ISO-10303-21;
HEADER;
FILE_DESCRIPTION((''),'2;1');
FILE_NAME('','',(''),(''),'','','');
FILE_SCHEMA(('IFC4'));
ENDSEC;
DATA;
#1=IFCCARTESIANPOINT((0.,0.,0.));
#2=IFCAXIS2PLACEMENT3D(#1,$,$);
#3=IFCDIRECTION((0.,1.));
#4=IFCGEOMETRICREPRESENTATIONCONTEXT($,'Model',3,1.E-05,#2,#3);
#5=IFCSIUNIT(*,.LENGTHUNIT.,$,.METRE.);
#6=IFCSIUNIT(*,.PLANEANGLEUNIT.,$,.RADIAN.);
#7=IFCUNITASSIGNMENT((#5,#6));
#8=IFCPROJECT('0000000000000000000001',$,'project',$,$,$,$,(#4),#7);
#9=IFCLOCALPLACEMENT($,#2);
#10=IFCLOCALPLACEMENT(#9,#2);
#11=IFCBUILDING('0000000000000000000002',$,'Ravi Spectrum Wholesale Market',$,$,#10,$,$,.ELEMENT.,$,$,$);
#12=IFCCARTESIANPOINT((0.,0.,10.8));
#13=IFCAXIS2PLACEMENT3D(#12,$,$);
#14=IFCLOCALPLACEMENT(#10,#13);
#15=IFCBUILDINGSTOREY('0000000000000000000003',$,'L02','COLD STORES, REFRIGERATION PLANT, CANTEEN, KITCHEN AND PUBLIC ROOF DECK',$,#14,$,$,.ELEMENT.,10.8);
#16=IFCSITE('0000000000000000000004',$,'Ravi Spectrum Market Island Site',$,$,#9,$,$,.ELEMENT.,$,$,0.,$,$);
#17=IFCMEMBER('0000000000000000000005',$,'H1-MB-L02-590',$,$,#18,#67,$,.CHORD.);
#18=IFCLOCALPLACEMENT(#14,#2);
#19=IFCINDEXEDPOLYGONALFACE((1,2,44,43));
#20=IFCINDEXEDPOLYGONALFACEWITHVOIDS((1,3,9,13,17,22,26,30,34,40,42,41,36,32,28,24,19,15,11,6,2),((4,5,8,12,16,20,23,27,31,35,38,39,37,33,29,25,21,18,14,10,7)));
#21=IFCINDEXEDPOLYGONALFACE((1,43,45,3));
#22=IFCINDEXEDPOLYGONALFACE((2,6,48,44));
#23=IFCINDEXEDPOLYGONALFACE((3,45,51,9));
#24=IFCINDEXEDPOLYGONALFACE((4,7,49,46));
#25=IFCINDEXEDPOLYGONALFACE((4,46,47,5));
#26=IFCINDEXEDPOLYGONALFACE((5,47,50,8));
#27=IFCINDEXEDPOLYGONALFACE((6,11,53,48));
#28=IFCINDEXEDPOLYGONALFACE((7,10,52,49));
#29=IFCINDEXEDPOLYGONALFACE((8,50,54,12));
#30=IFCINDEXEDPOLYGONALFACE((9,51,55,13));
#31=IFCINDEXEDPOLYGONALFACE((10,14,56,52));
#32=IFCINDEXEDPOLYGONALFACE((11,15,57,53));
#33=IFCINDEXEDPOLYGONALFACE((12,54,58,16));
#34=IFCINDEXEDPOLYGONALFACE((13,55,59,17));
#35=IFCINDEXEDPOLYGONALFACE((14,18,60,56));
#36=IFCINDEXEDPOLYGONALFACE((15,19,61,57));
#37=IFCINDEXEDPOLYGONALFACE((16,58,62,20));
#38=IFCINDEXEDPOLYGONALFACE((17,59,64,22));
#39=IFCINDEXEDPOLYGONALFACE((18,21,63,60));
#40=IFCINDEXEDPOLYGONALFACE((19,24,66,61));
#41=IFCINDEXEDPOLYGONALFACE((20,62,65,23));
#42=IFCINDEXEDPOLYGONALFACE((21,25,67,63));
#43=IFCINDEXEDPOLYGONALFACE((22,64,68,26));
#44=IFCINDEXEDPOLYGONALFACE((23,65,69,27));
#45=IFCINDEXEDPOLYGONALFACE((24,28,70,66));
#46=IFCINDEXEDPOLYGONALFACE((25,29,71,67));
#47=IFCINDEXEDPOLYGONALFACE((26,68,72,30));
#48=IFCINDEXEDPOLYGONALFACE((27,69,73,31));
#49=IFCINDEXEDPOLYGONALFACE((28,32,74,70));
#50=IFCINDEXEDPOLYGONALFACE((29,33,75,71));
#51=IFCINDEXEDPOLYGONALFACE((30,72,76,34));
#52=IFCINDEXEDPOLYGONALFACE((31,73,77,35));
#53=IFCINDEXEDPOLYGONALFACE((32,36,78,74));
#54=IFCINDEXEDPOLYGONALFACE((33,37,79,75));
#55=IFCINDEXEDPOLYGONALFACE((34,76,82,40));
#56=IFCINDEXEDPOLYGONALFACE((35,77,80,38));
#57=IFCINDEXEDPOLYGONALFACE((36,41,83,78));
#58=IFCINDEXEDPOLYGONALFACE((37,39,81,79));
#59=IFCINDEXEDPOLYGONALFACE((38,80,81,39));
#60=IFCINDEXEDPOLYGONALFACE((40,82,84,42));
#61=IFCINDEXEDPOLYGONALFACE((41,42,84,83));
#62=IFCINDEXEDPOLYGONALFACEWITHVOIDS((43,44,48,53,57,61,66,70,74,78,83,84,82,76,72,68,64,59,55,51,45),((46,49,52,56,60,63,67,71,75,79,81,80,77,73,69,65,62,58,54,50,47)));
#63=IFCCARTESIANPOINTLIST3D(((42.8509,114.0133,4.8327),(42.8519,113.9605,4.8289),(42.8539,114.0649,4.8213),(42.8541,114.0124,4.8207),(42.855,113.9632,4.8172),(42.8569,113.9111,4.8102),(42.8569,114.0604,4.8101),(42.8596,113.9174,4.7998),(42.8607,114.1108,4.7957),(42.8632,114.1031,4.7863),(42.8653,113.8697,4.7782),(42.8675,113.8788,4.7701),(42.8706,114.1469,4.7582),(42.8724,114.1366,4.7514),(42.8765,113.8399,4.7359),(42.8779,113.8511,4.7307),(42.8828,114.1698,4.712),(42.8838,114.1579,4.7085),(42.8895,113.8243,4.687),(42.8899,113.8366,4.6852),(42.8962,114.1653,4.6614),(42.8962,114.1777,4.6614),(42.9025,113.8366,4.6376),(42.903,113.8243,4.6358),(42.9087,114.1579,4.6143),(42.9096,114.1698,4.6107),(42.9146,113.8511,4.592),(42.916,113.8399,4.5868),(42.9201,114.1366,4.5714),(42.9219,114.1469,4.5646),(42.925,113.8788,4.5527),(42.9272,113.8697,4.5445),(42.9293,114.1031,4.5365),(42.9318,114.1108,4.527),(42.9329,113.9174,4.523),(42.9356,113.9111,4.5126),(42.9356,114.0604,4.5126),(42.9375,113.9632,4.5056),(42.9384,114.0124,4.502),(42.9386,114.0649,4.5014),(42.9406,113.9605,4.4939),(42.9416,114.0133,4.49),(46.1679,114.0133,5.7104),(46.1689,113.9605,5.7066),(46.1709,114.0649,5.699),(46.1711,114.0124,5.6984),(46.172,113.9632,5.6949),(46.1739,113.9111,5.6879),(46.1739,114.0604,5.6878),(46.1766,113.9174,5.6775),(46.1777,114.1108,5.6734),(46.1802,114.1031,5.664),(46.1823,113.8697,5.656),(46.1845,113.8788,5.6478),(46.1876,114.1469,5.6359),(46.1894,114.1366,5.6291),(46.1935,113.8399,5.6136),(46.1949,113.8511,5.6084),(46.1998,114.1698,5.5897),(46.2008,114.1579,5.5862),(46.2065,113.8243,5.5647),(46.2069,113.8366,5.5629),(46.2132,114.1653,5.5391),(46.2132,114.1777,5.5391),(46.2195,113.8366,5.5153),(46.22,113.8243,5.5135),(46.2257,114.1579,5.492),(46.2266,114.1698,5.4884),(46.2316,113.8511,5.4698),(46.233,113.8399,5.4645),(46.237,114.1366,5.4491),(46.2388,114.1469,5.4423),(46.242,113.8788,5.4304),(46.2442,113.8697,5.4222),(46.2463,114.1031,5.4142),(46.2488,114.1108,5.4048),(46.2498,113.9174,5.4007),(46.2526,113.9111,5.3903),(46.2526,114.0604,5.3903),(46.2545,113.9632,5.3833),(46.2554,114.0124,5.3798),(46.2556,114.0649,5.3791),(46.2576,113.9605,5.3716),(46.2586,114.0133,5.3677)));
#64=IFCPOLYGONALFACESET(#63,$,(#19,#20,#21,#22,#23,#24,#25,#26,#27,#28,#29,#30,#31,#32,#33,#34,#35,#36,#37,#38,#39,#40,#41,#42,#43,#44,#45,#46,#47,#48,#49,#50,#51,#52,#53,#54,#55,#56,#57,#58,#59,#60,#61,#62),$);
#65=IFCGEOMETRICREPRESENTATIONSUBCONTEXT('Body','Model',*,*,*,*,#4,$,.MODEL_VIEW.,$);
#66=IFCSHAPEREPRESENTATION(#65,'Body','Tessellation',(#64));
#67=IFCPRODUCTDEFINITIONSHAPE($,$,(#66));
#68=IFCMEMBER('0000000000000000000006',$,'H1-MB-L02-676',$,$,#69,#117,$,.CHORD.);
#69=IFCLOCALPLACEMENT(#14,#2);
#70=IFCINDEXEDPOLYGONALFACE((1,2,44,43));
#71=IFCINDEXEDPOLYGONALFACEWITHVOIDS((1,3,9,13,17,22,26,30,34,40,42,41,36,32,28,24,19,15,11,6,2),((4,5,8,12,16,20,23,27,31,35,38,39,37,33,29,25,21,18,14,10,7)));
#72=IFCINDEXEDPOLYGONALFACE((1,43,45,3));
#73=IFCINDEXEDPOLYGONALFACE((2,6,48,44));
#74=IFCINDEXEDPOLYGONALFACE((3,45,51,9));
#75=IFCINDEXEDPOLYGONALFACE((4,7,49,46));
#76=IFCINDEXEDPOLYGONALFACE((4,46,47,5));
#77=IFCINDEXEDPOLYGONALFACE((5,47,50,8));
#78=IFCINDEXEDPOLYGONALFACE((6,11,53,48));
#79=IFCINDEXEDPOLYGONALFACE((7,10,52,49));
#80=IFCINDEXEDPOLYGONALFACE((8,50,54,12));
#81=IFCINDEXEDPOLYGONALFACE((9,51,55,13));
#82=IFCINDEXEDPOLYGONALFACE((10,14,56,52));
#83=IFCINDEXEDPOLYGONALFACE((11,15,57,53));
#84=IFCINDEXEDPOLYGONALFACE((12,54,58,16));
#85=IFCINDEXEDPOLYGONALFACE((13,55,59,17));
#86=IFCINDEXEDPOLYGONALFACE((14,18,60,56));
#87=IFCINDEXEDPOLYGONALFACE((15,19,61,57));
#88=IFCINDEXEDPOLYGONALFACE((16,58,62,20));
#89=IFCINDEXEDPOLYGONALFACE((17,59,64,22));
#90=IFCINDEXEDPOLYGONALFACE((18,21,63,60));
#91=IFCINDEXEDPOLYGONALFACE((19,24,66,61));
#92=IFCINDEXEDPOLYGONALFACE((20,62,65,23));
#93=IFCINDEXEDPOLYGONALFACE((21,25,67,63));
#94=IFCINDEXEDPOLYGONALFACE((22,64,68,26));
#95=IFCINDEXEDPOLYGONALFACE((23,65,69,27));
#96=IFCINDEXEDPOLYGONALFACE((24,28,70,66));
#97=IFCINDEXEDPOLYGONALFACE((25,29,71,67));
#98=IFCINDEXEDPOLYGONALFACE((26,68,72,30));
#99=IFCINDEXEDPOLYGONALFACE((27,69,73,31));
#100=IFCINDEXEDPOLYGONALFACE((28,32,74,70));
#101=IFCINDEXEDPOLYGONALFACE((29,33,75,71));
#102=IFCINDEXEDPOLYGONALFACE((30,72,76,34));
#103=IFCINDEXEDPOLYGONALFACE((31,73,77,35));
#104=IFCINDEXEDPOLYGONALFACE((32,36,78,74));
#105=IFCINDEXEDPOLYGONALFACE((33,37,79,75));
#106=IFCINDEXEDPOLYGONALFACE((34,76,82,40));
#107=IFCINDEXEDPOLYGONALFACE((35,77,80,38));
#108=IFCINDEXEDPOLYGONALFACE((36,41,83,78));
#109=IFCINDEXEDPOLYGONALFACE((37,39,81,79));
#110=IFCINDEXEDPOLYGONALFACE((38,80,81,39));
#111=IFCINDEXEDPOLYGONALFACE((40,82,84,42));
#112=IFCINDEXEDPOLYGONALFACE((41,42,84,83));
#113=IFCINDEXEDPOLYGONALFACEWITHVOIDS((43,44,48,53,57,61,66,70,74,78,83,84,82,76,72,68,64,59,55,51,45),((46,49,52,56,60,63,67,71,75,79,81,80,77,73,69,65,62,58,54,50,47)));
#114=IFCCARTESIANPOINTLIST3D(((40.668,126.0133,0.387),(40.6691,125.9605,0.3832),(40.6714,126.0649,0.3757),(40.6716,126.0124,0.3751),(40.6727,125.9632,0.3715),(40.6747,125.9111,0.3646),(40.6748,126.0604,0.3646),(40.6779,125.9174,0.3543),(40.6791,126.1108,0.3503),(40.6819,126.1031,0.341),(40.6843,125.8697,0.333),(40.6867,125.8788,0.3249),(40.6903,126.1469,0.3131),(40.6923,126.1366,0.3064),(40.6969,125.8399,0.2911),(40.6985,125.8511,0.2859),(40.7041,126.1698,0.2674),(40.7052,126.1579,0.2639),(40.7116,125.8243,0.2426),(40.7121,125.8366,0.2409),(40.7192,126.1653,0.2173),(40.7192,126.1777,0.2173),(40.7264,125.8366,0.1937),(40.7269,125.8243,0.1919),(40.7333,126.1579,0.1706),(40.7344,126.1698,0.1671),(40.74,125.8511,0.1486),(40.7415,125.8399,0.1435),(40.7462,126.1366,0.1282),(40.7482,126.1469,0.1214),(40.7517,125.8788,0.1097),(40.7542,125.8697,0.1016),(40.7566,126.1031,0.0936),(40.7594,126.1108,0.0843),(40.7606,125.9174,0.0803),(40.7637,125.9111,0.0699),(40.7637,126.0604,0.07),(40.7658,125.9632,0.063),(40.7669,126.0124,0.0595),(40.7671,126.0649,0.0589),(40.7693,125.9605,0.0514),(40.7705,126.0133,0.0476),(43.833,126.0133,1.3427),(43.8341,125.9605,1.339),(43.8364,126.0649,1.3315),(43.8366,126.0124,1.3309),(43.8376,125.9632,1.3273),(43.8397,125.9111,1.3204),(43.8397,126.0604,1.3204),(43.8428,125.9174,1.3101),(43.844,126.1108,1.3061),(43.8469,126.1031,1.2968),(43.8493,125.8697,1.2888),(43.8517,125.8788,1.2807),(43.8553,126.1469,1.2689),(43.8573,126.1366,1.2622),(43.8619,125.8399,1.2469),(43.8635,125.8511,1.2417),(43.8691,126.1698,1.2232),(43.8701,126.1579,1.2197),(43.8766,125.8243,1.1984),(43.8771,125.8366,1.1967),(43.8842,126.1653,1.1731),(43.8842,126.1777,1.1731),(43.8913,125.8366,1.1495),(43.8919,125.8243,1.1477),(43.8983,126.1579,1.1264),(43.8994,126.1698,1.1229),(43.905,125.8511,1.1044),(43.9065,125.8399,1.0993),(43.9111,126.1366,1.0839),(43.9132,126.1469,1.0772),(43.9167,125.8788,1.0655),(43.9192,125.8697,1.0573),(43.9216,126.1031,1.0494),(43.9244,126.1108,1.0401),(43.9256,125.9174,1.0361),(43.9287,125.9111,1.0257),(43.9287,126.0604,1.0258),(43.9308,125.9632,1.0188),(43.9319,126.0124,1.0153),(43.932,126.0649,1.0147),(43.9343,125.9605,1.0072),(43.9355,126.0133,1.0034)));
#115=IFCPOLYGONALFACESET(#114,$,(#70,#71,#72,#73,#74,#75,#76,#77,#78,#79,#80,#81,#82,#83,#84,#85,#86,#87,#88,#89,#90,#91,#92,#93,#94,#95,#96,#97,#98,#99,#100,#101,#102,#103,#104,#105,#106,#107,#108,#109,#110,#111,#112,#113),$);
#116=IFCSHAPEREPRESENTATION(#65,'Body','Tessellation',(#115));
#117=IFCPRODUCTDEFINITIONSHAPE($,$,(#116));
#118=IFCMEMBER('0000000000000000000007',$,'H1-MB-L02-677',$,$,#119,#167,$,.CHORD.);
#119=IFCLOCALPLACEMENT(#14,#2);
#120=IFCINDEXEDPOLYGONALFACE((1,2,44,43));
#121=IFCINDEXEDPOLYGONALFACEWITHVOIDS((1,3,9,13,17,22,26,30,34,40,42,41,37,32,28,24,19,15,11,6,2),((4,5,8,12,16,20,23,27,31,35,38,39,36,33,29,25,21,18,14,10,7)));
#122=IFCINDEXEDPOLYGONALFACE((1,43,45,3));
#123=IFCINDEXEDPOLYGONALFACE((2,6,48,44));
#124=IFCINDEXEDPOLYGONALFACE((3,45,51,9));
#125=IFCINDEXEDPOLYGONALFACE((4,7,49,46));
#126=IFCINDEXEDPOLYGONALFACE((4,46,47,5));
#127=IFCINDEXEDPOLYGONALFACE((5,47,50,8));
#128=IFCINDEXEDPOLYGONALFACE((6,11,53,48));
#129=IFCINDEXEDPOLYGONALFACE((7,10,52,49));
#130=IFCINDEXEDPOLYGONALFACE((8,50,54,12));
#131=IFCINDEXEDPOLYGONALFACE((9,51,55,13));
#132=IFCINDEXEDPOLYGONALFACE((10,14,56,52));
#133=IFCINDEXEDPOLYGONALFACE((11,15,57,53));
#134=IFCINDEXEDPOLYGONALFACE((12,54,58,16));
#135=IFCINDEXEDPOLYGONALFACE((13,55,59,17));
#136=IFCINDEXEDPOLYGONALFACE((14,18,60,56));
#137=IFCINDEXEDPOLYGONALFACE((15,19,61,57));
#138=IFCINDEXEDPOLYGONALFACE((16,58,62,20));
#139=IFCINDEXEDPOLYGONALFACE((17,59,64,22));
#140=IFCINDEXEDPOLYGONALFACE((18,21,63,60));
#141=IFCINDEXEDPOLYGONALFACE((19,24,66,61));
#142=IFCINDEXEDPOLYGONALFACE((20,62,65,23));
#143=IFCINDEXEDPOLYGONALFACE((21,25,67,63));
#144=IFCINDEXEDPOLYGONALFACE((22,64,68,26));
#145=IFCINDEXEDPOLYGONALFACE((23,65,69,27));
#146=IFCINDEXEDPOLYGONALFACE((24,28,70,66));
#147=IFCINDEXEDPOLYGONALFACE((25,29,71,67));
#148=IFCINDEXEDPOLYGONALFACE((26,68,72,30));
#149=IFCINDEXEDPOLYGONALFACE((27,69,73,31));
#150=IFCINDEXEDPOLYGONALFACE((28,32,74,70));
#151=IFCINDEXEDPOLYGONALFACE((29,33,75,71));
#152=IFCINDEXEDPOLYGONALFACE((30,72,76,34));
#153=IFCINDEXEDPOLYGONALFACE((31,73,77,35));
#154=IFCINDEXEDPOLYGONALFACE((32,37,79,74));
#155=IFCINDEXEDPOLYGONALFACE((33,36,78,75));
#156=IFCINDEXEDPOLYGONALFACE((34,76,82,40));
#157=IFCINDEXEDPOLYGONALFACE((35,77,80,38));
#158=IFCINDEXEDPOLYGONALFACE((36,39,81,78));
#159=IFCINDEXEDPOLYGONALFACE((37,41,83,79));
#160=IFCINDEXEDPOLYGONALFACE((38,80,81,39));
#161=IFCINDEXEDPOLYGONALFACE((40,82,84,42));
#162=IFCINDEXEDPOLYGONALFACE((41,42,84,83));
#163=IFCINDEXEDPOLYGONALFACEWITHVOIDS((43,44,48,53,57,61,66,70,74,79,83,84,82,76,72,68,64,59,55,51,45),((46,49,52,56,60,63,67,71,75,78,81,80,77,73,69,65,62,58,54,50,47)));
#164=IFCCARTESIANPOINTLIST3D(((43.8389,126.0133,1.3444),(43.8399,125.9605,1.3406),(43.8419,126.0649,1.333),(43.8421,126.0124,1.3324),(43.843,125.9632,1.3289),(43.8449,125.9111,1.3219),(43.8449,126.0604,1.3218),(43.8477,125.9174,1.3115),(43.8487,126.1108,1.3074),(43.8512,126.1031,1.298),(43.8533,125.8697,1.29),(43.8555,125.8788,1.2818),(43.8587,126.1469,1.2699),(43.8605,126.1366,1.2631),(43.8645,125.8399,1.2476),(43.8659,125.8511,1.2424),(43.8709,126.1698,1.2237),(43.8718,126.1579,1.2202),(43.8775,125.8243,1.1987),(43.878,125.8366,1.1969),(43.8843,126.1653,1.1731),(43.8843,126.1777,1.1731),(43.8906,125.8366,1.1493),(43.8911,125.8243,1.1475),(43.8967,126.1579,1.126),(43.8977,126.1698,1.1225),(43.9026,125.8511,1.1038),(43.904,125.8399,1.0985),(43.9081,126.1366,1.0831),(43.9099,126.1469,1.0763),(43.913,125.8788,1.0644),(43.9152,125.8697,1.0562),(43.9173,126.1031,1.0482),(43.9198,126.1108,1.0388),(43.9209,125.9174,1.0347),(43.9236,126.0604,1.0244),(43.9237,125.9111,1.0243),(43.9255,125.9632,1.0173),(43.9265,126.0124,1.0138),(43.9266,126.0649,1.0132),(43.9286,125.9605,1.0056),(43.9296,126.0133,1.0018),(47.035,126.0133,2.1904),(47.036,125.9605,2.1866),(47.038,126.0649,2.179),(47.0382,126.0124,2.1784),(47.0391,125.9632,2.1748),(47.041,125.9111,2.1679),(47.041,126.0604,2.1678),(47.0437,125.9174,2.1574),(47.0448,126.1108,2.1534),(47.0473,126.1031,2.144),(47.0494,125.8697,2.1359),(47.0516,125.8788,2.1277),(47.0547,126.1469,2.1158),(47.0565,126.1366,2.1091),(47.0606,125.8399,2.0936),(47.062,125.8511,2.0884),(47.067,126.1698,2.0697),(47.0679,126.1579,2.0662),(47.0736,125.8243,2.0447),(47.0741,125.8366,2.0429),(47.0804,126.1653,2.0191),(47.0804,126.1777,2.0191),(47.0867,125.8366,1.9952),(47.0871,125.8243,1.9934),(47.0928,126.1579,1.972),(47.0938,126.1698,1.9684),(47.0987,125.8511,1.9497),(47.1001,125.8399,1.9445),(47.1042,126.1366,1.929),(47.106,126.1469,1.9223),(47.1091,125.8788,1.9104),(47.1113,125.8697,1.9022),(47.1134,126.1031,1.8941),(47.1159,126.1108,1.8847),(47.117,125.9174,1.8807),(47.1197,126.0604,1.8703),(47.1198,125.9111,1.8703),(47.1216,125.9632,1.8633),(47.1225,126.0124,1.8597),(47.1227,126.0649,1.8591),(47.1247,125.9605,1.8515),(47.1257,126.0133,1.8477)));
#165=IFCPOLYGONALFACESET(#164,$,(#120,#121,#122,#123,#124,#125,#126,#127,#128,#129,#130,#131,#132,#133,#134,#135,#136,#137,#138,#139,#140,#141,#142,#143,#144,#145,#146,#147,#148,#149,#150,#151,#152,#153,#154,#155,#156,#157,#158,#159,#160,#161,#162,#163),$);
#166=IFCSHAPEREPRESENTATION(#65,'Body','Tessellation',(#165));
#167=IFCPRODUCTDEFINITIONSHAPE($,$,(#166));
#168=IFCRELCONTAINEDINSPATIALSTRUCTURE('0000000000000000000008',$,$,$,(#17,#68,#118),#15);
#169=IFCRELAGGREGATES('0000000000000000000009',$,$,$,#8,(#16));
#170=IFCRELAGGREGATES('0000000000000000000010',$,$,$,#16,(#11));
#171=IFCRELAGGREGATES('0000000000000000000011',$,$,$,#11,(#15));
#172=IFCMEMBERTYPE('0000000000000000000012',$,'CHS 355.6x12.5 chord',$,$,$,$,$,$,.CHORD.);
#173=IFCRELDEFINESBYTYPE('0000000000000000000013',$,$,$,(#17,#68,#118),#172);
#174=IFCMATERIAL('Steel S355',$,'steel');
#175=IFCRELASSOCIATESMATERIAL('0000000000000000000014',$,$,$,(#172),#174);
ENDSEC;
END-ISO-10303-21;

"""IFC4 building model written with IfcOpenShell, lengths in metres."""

from ifc_helpers import new_model, si_unit, direction, frame, origin, origin_2d, place, context, subcontext, project, spatial, hollow_circle, extrude, material, material_profile, profile_set, type_object, element, save


model = new_model("IFC4")

# Units and contexts
model_context = context("Model", 3, precision=1e-05, world=origin(), true_north=direction((0.0, 1.0)))
body_context = subcontext(model_context, "Body", "Model", "MODEL_VIEW")
ifc_project = project(units=[si_unit("LENGTHUNIT", "METRE"), si_unit("PLANEANGLEUNIT", "RADIAN")], contexts=[model_context])

# Site, building, storey
site_placement = place(None, origin())
site = spatial("IfcSite", under=ifc_project, at=site_placement, Name="Ravi Spectrum Market Island Site", CompositionType="ELEMENT", RefElevation=0.0)
building_placement = place(site_placement, origin())
building = spatial("IfcBuilding", under=site, at=building_placement, Name="Ravi Spectrum Wholesale Market", CompositionType="ELEMENT")
storey_placement = place(building_placement, frame((0.0, 0.0, 10.8)))
storey = spatial("IfcBuildingStorey", under=building, at=storey_placement, Name="L02", Description="COLD STORES, REFRIGERATION PLANT, CANTEEN, KITCHEN AND PUBLIC ROOF DECK", CompositionType="ELEMENT", Elevation=10.8)

# Members
ifc_material_1 = material(Name="Steel S355", Category="steel")
ifc_material_profile_1 = material_profile(ifc_material_1, hollow_circle(Radius=0.1777, WallThickness=0.0125, at=origin_2d()))
ifc_profile_set_1 = profile_set([ifc_material_profile_1], Name="Steel S355")
member_type_1 = type_object("IfcMemberType", Name="CHS 355.6x12.5 chord", PredefinedType="CHORD", material=ifc_profile_set_1)
member_1_placement = place(storey_placement, frame((42.8962, 114.0, 4.6614), z_axis=(0.966728, 0.0, 0.255807), x_axis=(0.0, 1.0, 0.0)))
element("IfcMember", 1, at=member_1_placement, inside=storey, type_object=member_type_1, Name="H1-MB-L02-590", PredefinedType="CHORD", context=body_context, shape_type="SweptSolid", body=[
    extrude(hollow_circle(Radius=0.1777, WallThickness=0.0125, at=origin_2d()), origin(), (0.0, 0.0, 1.0), 3.4312),
])
for number, where, z_axis, x_axis, name in (
    (2, (40.7192, 126.0, 0.2173), (0.9573, 0.0, 0.289095), (0.0, 1.0, 0.0), "H1-MB-L02-676"),
    (3, (43.8843, 126.0, 1.1731), (0.96671, 0.0, 0.255874), (0.0, 1.0, 0.0), "H1-MB-L02-677"),
):
    element("IfcMember", number, at=place(storey_placement, frame(where, z_axis=z_axis, x_axis=x_axis)), inside=storey, type_object=member_type_1, Name=name, PredefinedType="CHORD", context=body_context, shape_type="SweptSolid", body=[
        extrude(hollow_circle(Radius=0.1777, WallThickness=0.0125, at=origin_2d()), origin(), (0.0, 0.0, 1.0), 3.3062),
    ])

save(model, "model.ifc")
